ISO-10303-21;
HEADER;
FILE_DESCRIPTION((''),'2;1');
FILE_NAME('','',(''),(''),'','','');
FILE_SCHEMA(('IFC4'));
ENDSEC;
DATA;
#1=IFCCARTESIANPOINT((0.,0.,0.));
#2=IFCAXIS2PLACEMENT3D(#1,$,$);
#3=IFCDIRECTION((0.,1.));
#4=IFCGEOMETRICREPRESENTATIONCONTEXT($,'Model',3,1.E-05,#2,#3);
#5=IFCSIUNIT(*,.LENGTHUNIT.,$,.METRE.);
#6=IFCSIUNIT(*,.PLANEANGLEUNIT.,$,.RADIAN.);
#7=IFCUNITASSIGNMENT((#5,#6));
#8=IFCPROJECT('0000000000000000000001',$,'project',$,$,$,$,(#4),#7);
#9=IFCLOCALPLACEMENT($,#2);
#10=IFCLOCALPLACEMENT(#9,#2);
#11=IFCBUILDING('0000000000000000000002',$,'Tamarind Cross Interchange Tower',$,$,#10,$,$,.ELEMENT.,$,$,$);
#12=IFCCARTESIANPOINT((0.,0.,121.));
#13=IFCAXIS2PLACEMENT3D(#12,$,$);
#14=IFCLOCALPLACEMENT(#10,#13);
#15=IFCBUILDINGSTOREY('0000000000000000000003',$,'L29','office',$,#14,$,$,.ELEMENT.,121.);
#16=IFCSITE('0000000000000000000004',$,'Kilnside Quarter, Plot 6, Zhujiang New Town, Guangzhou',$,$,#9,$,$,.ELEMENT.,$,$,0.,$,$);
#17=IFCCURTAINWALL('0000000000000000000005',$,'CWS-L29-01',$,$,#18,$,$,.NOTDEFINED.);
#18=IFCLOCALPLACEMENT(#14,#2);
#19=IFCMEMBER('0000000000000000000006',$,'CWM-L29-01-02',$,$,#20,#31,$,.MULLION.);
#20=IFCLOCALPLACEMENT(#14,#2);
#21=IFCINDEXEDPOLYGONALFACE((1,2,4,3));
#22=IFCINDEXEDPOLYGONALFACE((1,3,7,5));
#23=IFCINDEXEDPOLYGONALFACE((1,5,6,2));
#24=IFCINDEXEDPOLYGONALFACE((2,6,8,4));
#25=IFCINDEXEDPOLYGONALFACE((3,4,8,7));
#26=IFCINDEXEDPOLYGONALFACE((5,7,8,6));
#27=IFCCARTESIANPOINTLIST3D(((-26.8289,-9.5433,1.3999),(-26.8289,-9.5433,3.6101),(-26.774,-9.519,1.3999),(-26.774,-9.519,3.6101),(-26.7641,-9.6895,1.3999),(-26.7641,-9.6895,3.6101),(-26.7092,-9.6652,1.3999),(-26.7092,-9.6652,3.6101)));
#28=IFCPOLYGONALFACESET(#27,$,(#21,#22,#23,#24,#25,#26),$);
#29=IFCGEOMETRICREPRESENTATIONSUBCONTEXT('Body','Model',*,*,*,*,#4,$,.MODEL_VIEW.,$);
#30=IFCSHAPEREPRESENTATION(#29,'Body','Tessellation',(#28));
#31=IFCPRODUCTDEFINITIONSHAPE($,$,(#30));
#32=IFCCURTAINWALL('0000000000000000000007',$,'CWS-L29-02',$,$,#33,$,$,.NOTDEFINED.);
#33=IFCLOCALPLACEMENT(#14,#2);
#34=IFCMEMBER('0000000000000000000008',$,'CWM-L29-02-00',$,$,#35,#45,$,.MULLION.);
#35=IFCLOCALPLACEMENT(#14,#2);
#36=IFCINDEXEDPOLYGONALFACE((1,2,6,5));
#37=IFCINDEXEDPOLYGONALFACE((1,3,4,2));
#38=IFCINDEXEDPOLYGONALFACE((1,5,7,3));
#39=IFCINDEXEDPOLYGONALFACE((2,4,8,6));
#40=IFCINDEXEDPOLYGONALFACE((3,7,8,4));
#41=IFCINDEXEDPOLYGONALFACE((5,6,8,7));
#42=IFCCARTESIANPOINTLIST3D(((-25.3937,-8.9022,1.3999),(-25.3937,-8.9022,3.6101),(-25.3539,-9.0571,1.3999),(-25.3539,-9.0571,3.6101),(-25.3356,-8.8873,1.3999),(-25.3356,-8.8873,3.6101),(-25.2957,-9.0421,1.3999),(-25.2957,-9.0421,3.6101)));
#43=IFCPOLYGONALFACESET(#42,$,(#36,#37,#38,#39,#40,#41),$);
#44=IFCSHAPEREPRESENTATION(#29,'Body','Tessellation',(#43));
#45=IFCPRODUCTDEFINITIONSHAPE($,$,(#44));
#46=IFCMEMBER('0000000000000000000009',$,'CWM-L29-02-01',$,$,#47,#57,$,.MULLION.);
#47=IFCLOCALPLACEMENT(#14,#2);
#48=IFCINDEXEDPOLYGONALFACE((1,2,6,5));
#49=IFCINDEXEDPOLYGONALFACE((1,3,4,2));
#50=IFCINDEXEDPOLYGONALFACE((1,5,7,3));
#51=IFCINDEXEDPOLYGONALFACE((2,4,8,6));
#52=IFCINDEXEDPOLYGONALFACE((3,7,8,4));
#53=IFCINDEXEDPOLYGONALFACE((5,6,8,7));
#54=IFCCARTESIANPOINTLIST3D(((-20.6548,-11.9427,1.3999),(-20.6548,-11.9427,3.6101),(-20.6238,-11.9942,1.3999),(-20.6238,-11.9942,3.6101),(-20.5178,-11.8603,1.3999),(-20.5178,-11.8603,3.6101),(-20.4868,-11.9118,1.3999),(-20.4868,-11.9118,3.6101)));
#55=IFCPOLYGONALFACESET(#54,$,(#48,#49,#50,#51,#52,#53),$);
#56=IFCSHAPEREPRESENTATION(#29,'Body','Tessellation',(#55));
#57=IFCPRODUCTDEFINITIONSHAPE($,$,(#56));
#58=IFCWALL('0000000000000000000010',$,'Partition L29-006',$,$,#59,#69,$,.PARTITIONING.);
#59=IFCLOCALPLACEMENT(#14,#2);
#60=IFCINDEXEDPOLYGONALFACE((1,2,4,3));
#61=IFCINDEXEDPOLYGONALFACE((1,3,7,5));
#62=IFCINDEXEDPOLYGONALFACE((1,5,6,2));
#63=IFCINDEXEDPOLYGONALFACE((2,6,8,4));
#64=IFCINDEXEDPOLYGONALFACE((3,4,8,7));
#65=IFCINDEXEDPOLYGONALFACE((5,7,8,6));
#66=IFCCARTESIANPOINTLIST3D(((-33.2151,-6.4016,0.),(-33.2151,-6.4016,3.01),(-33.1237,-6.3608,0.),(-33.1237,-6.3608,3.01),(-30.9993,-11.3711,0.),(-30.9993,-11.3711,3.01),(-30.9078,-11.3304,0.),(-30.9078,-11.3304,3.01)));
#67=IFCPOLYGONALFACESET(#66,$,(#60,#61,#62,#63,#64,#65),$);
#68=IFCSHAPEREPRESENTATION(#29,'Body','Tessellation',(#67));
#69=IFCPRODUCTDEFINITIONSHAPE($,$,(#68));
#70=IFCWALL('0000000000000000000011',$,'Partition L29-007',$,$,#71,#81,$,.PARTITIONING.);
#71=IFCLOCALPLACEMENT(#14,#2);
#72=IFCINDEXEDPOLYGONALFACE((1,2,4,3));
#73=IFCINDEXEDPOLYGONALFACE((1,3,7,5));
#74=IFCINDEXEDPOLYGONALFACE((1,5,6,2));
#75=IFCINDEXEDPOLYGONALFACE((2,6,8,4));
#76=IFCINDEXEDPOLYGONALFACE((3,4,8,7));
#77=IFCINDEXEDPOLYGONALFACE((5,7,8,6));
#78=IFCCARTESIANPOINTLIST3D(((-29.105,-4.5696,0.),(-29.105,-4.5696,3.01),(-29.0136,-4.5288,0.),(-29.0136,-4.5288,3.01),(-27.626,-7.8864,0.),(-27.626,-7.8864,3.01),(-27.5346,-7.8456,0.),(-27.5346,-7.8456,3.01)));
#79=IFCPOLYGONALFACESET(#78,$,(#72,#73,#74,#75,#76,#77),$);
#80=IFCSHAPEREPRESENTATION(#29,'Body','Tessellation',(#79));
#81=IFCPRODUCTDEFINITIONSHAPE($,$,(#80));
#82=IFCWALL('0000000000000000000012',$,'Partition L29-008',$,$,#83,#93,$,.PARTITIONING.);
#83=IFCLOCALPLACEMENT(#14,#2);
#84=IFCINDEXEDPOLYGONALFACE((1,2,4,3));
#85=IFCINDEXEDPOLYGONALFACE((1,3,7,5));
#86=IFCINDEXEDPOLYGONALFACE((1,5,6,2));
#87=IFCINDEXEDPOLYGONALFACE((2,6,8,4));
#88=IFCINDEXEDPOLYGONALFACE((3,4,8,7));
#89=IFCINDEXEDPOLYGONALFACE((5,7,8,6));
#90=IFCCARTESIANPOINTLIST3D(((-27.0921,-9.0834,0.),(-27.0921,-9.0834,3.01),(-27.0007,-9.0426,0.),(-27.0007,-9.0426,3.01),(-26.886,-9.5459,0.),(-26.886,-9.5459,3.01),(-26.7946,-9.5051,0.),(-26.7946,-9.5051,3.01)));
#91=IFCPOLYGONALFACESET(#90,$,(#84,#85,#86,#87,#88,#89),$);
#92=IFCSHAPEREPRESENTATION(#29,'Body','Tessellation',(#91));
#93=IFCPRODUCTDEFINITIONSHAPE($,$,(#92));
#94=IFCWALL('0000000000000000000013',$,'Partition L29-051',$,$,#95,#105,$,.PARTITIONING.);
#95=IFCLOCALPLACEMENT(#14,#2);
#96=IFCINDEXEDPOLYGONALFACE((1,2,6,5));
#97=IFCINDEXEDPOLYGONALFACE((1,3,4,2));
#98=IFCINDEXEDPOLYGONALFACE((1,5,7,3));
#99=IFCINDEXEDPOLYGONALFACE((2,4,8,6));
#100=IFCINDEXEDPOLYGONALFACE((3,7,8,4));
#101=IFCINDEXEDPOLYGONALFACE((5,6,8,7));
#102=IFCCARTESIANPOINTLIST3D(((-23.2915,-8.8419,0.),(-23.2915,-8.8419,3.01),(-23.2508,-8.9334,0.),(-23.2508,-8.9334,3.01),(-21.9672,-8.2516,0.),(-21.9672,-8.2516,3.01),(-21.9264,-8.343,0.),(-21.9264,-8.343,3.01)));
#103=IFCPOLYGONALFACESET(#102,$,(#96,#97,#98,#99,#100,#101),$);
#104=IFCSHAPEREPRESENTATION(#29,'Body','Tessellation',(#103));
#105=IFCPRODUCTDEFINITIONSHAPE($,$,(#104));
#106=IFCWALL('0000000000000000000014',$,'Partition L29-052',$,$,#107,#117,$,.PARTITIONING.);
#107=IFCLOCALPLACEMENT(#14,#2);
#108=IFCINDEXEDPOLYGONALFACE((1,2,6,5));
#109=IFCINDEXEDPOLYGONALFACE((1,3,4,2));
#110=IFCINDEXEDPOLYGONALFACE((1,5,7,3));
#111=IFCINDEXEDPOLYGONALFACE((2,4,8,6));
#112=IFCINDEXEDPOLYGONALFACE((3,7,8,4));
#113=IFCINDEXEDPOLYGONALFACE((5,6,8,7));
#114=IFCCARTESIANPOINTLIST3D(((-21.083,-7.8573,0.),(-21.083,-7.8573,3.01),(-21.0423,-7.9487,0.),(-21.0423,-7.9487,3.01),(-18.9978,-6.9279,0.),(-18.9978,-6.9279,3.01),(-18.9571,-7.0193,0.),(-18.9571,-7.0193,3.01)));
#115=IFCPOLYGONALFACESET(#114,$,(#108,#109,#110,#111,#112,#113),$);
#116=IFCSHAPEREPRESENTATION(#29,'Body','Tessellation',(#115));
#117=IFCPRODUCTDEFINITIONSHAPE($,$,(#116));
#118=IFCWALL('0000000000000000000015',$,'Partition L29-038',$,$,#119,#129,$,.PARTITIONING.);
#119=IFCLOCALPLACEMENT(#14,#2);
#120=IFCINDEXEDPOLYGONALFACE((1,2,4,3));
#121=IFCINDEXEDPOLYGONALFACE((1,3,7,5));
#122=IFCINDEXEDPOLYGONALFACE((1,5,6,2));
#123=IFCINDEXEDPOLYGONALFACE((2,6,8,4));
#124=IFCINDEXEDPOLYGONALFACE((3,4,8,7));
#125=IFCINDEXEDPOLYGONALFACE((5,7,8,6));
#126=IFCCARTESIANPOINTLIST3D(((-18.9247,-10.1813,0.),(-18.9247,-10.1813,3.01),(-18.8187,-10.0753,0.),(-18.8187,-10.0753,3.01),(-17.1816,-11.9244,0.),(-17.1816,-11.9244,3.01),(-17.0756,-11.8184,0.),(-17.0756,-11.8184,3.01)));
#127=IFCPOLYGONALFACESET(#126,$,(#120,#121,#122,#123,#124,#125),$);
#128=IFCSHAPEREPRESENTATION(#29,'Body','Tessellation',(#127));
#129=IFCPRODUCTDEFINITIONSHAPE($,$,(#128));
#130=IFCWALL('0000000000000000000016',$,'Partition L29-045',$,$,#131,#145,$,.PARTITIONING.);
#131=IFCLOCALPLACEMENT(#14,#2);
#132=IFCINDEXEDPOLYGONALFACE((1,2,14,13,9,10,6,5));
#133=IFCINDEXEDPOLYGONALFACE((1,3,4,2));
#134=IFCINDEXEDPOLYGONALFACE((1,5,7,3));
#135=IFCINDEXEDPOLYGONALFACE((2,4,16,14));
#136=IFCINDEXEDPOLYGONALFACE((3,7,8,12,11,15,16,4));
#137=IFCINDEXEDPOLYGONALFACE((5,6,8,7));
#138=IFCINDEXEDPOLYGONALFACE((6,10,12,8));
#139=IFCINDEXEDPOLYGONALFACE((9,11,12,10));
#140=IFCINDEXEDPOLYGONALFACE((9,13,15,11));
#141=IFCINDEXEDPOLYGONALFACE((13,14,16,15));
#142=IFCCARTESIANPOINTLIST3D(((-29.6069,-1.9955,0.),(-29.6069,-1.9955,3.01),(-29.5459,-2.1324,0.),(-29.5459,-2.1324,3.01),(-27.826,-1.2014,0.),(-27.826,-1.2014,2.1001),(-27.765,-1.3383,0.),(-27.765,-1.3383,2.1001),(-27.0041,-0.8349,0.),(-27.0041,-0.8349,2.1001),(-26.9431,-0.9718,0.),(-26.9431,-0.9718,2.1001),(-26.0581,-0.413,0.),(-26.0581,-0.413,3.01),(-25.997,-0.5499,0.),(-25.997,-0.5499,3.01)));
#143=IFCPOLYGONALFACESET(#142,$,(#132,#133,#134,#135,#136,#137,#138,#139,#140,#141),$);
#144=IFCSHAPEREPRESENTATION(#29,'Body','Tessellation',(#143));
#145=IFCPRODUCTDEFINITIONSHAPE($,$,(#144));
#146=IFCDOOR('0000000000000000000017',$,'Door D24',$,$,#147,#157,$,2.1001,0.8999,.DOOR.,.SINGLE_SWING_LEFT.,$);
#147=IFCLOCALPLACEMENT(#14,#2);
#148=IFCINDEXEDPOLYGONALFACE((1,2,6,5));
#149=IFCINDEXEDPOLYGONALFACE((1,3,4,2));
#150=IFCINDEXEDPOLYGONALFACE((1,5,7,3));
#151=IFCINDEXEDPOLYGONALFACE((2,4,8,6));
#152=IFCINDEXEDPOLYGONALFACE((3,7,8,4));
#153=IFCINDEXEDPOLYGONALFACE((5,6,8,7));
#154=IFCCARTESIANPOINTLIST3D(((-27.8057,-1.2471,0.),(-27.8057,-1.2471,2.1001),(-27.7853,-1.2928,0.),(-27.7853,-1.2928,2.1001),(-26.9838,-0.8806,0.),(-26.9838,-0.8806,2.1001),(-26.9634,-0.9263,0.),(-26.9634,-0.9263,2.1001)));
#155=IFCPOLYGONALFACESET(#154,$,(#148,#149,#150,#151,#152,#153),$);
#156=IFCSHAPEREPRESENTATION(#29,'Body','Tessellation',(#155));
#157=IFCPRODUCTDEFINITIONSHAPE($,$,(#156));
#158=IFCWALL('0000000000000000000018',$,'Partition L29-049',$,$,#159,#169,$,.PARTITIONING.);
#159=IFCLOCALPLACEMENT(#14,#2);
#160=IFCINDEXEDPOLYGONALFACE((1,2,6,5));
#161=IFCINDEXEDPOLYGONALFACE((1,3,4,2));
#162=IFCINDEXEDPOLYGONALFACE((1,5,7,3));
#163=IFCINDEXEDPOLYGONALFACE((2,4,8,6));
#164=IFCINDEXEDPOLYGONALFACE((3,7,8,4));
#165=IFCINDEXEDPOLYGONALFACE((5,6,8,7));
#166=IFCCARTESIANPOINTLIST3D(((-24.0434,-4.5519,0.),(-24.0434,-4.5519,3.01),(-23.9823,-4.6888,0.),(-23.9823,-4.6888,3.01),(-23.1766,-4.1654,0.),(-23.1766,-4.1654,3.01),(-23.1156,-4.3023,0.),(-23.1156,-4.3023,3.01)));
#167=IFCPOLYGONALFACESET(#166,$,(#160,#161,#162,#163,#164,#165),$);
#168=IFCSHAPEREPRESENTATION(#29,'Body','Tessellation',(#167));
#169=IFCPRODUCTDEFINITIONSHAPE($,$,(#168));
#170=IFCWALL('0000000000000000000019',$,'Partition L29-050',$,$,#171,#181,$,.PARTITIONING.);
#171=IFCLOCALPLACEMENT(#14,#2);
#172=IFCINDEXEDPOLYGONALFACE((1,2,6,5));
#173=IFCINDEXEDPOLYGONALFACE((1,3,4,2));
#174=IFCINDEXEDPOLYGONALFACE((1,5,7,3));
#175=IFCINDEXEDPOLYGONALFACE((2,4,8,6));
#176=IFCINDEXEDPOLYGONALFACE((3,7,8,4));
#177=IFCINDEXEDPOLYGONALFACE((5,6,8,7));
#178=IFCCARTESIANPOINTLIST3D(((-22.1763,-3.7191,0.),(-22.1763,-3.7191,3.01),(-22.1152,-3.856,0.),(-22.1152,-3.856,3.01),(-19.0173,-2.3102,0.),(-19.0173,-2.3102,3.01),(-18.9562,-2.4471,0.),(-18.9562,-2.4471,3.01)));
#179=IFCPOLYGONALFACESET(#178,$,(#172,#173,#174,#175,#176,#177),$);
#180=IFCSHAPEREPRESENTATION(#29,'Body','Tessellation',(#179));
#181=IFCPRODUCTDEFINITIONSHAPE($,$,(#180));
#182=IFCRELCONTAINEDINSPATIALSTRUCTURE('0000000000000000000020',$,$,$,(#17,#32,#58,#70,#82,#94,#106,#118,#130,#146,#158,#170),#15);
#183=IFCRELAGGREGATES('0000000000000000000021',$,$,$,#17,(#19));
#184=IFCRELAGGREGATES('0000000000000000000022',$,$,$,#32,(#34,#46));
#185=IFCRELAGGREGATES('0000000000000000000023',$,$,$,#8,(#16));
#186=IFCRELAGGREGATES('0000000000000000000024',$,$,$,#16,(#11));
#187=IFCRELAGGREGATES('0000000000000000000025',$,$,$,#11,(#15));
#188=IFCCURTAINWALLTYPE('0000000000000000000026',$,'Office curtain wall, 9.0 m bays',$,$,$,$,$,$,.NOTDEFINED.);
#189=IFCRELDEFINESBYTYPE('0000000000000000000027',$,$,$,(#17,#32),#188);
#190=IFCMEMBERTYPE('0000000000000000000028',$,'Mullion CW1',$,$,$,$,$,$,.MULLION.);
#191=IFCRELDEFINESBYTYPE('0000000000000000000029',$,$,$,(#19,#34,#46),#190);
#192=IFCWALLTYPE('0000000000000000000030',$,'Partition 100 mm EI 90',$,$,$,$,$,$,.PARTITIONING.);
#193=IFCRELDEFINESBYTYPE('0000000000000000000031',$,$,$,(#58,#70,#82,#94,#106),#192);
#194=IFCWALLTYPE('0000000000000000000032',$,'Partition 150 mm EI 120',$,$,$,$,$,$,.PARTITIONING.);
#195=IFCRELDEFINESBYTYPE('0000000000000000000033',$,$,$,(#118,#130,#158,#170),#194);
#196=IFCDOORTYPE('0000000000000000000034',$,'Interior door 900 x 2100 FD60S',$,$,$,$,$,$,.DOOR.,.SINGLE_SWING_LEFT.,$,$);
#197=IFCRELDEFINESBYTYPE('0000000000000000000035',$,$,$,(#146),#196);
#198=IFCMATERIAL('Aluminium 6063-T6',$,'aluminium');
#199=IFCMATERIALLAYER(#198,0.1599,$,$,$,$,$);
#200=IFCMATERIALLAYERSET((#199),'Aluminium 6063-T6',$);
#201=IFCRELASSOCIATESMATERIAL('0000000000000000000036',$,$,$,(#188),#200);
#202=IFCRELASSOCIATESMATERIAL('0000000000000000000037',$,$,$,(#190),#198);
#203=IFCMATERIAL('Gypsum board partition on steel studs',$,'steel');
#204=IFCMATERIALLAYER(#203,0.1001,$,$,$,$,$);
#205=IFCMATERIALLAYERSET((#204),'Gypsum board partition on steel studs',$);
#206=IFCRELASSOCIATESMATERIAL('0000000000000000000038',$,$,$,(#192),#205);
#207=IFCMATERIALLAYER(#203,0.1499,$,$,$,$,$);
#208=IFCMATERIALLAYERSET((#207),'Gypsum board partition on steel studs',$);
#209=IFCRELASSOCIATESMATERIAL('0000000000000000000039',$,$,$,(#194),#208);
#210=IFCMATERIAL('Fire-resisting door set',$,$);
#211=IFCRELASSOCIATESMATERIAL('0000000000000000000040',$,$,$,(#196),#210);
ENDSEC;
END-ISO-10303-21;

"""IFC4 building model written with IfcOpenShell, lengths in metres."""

from ifc_helpers import new_model, si_unit, direction, frame, frame_2d, origin, origin_2d, place, context, subcontext, project, spatial, rectangle, extrude, material, layer, layer_set, material_profile, profile_set, type_object, element, fill, aggregate, save


model = new_model("IFC4")

# Units and contexts
model_context = context("Model", 3, precision=1e-05, world=origin(), true_north=direction((0.0, 1.0)))
body_context = subcontext(model_context, "Body", "Model", "MODEL_VIEW")
ifc_project = project(units=[si_unit("LENGTHUNIT", "METRE"), si_unit("PLANEANGLEUNIT", "RADIAN")], contexts=[model_context])

# Site, building, storey
site_placement = place(None, origin())
site = spatial("IfcSite", under=ifc_project, at=site_placement, Name="Kilnside Quarter, Plot 6, Zhujiang New Town, Guangzhou", CompositionType="ELEMENT", RefElevation=0.0)
building_placement = place(site_placement, origin())
building = spatial("IfcBuilding", under=site, at=building_placement, Name="Tamarind Cross Interchange Tower", CompositionType="ELEMENT")
storey_placement = place(building_placement, frame((0.0, 0.0, 121.0)))
storey = spatial("IfcBuildingStorey", under=building, at=storey_placement, Name="L29", Description="office", CompositionType="ELEMENT", Elevation=121.0)

# Curtain wall, member
ifc_material_1 = material(Name="Aluminium 6063-T6", Category="aluminium")
ifc_layer_1 = layer(ifc_material_1, 0.1599)
ifc_layer_set_1 = layer_set([ifc_layer_1], Name="Aluminium 6063-T6")
curtain_wall_type = type_object("IfcCurtainWallType", Name="Office curtain wall, 9.0 m bays", PredefinedType="NOTDEFINED", material=ifc_layer_set_1)
curtain_wall_1_placement = place(storey_placement, origin())
curtain_wall_1 = element("IfcCurtainWall", 1, at=curtain_wall_1_placement, inside=storey, type_object=curtain_wall_type, Name="CWS-L29-01", PredefinedType="NOTDEFINED")
ifc_material_profile_1 = material_profile(ifc_material_1, rectangle(XDim=0.0601, YDim=0.1599, at=origin_2d()), Name="Mullion CW1")
ifc_profile_set_1 = profile_set([ifc_material_profile_1], Name="Aluminium 6063-T6")
member_type = type_object("IfcMemberType", Name="Mullion CW1", PredefinedType="MULLION", material=ifc_profile_set_1)
member_1_placement = place(storey_placement, frame((-26.769, -9.6042, 1.3999), z_axis=(0.0, 0.0, 1.0), x_axis=(0.91404, 0.405624, 0.0)))
member_1 = element("IfcMember", 2, at=member_1_placement, type_object=member_type, Name="CWM-L29-01-02", PredefinedType="MULLION", context=body_context, shape_type="SweptSolid", body=[
    extrude(rectangle(XDim=0.0601, YDim=0.1599, at=origin_2d()), origin(), (0.0, 0.0, 1.0), 2.2102),
])
aggregate(curtain_wall_1, [member_1])

# Curtain wall, members
curtain_wall_2_placement = place(storey_placement, origin())
curtain_wall_2 = element("IfcCurtainWall", 3, at=curtain_wall_2_placement, inside=storey, type_object=curtain_wall_type, Name="CWS-L29-02", PredefinedType="NOTDEFINED")
member_2_placement = place(storey_placement, frame((-25.3447, -8.9722, 1.3999), z_axis=(0.0, 0.0, 1.0), x_axis=(0.968506, 0.24899, 0.0)))
member_2 = element("IfcMember", 4, at=member_2_placement, type_object=member_type, Name="CWM-L29-02-00", PredefinedType="MULLION", context=body_context, shape_type="SweptSolid", body=[
    extrude(rectangle(XDim=0.0601, YDim=0.1599, at=origin_2d()), origin(), (0.0, 0.0, 1.0), 2.2102),
])
member_3_placement = place(storey_placement, frame((-20.5708, -11.9272, 1.3999), z_axis=(0.0, 0.0, 1.0), x_axis=(0.515577, -0.856843, 0.0)))
member_3 = element("IfcMember", 5, at=member_3_placement, type_object=member_type, Name="CWM-L29-02-01", PredefinedType="MULLION", context=body_context, shape_type="SweptSolid", body=[
    extrude(rectangle(XDim=0.0601, YDim=0.1599, at=origin_2d()), origin(), (0.0, 0.0, 1.0), 2.2102),
])
aggregate(curtain_wall_2, [member_2, member_3])

# Walls
ifc_material_2 = material(Name="Gypsum board partition on steel studs", Category="steel")
ifc_layer_2 = layer(ifc_material_2, 0.1001)
ifc_layer_set_2 = layer_set([ifc_layer_2], Name="Gypsum board partition on steel studs")
wall_type_1 = type_object("IfcWallType", Name="Partition 100 mm EI 90", PredefinedType="PARTITIONING", material=ifc_layer_set_2)
wall_1_placement = place(storey_placement, frame((-33.1694, -6.3811, 0.0), z_axis=(0.0, 0.0, 1.0), x_axis=(0.407237, -0.913322, 0.0)))
element("IfcWall", 6, at=wall_1_placement, inside=storey, type_object=wall_type_1, Name="Partition L29-006", PredefinedType="PARTITIONING", context=body_context, shape_type="SweptSolid", body=[
    extrude(rectangle(XDim=5.4412, YDim=0.1001, at=frame_2d((2.7207, 0.0))), origin(), (0.0, 0.0, 1.0), 3.01),
])
wall_2_placement = place(storey_placement, frame((-29.0593, -4.5491, 0.0), z_axis=(0.0, 0.0, 1.0), x_axis=(0.407248, -0.913317, 0.0)))
element("IfcWall", 7, at=wall_2_placement, inside=storey, type_object=wall_type_1, Name="Partition L29-007", PredefinedType="PARTITIONING", context=body_context, shape_type="SweptSolid", body=[
    extrude(rectangle(XDim=3.6316, YDim=0.1001, at=frame_2d((1.8159, 0.0))), origin(), (0.0, 0.0, 1.0), 3.01),
])
wall_3_placement = place(storey_placement, frame((-27.0464, -9.063, 0.0), z_axis=(0.0, 0.0, 1.0), x_axis=(0.407033, -0.913413, 0.0)))
element("IfcWall", 8, at=wall_3_placement, inside=storey, type_object=wall_type_1, Name="Partition L29-008", PredefinedType="PARTITIONING", context=body_context, shape_type="SweptSolid", body=[
    extrude(rectangle(XDim=0.5063, YDim=0.1001, at=frame_2d((0.2532, 0.0))), origin(), (0.0, 0.0, 1.0), 3.01),
])
wall_4_placement = place(storey_placement, frame((-23.2712, -8.8877, 0.0), z_axis=(0.0, 0.0, 1.0), x_axis=(0.913353, 0.407169, 0.0)))
element("IfcWall", 9, at=wall_4_placement, inside=storey, type_object=wall_type_1, Name="Partition L29-051", PredefinedType="PARTITIONING", context=body_context, shape_type="SweptSolid", body=[
    extrude(rectangle(XDim=1.45, YDim=0.1001, at=frame_2d((0.7251, 0.0))), origin(), (0.0, 0.0, 1.0), 3.01),
])
wall_5_placement = place(storey_placement, frame((-21.0627, -7.9031, 0.0), z_axis=(0.0, 0.0, 1.0), x_axis=(0.913374, 0.407121, 0.0)))
element("IfcWall", 10, at=wall_5_placement, inside=storey, type_object=wall_type_1, Name="Partition L29-052", PredefinedType="PARTITIONING", context=body_context, shape_type="SweptSolid", body=[
    extrude(rectangle(XDim=2.283, YDim=0.1001, at=frame_2d((1.1416, 0.0))), origin(), (0.0, 0.0, 1.0), 3.01),
])
ifc_layer_3 = layer(ifc_material_2, 0.1499)
ifc_layer_set_3 = layer_set([ifc_layer_3], Name="Gypsum board partition on steel studs")
wall_type_2 = type_object("IfcWallType", Name="Partition 150 mm EI 120", PredefinedType="PARTITIONING", material=ifc_layer_set_3)
wall_6_placement = place(storey_placement, frame((-18.8716, -10.1284, 0.0), z_axis=(0.0, 0.0, 1.0), x_axis=(0.707107, -0.707107, 0.0)))
element("IfcWall", 11, at=wall_6_placement, inside=storey, type_object=wall_type_2, Name="Partition L29-038", PredefinedType="PARTITIONING", context=body_context, shape_type="SweptSolid", body=[
    extrude(rectangle(XDim=2.4651, YDim=0.1499, at=frame_2d((1.2324, 0.0))), origin(), (0.0, 0.0, 1.0), 3.01),
])

# Wall, opening, door
wall_7_placement = place(storey_placement, frame((-29.5764, -2.064, 0.0), z_axis=(0.0, 0.0, 1.0), x_axis=(0.913308, 0.407269, 0.0)))
wall_7 = element("IfcWall", 12, at=wall_7_placement, inside=storey, type_object=wall_type_2, Name="Partition L29-045", PredefinedType="PARTITIONING", context=body_context, shape_type="SweptSolid", body=[
    extrude(rectangle(XDim=3.8857, YDim=0.1499, at=frame_2d((1.9429, 0.0))), origin(), (0.0, 0.0, 1.0), 3.01),
])
opening_1_placement = place(wall_7_placement, frame((1.95, 0.0, 0.0)))
opening_1 = element("IfcOpeningElement", 13, at=opening_1_placement, cuts=wall_7, PredefinedType="OPENING", context=body_context, shape_type="SweptSolid", body=[
    extrude(rectangle(XDim=0.8999, YDim=2.1001, at=frame_2d((0.45, 1.05))), frame((0.0, 0.085, 0.0), z_axis=(0.0, -1.0, 0.0), x_axis=(1.0, 0.0, 0.0)), (0.0, 0.0, 1.0), 0.1699),
])
ifc_material_3 = material(Name="Fire-resisting door set")
door_type_1 = type_object("IfcDoorType", Name="Interior door 900 x 2100 FD60S", OperationType="SINGLE_SWING_LEFT", PredefinedType="DOOR", material=ifc_material_3)
door_1_placement = place(opening_1_placement, origin())
door_1 = element("IfcDoor", 14, at=door_1_placement, inside=storey, type_object=door_type_1, Name="Door D24", OperationType="SINGLE_SWING_LEFT", OverallHeight=2.1001, OverallWidth=0.8999, PredefinedType="DOOR", context=body_context, shape_type="SweptSolid", body=[
    extrude(rectangle(XDim=0.8999, YDim=2.1001, at=frame_2d((0.45, 1.05))), frame((0.0, 0.0249, 0.0), z_axis=(0.0, -1.0, 0.0), x_axis=(1.0, 0.0, 0.0)), (0.0, 0.0, 1.0), 0.05),
])
fill(opening_1, door_1)

# Walls
wall_8_placement = place(storey_placement, frame((-24.0129, -4.6204, 0.0), z_axis=(0.0, 0.0, 1.0), x_axis=(0.913312, 0.40726, 0.0)))
element("IfcWall", 15, at=wall_8_placement, inside=storey, type_object=wall_type_2, Name="Partition L29-049", PredefinedType="PARTITIONING", context=body_context, shape_type="SweptSolid", body=[
    extrude(rectangle(XDim=0.949, YDim=0.1499, at=frame_2d((0.4746, 0.0))), origin(), (0.0, 0.0, 1.0), 3.01),
])
wall_9_placement = place(storey_placement, frame((-22.1458, -3.7876, 0.0), z_axis=(0.0, 0.0, 1.0), x_axis=(0.913278, 0.407337, 0.0)))
element("IfcWall", 16, at=wall_9_placement, inside=storey, type_object=wall_type_2, Name="Partition L29-050", PredefinedType="PARTITIONING", context=body_context, shape_type="SweptSolid", body=[
    extrude(rectangle(XDim=3.459, YDim=0.1499, at=frame_2d((1.7295, 0.0))), origin(), (0.0, 0.0, 1.0), 3.01),
])

save(model, "model.ifc")
